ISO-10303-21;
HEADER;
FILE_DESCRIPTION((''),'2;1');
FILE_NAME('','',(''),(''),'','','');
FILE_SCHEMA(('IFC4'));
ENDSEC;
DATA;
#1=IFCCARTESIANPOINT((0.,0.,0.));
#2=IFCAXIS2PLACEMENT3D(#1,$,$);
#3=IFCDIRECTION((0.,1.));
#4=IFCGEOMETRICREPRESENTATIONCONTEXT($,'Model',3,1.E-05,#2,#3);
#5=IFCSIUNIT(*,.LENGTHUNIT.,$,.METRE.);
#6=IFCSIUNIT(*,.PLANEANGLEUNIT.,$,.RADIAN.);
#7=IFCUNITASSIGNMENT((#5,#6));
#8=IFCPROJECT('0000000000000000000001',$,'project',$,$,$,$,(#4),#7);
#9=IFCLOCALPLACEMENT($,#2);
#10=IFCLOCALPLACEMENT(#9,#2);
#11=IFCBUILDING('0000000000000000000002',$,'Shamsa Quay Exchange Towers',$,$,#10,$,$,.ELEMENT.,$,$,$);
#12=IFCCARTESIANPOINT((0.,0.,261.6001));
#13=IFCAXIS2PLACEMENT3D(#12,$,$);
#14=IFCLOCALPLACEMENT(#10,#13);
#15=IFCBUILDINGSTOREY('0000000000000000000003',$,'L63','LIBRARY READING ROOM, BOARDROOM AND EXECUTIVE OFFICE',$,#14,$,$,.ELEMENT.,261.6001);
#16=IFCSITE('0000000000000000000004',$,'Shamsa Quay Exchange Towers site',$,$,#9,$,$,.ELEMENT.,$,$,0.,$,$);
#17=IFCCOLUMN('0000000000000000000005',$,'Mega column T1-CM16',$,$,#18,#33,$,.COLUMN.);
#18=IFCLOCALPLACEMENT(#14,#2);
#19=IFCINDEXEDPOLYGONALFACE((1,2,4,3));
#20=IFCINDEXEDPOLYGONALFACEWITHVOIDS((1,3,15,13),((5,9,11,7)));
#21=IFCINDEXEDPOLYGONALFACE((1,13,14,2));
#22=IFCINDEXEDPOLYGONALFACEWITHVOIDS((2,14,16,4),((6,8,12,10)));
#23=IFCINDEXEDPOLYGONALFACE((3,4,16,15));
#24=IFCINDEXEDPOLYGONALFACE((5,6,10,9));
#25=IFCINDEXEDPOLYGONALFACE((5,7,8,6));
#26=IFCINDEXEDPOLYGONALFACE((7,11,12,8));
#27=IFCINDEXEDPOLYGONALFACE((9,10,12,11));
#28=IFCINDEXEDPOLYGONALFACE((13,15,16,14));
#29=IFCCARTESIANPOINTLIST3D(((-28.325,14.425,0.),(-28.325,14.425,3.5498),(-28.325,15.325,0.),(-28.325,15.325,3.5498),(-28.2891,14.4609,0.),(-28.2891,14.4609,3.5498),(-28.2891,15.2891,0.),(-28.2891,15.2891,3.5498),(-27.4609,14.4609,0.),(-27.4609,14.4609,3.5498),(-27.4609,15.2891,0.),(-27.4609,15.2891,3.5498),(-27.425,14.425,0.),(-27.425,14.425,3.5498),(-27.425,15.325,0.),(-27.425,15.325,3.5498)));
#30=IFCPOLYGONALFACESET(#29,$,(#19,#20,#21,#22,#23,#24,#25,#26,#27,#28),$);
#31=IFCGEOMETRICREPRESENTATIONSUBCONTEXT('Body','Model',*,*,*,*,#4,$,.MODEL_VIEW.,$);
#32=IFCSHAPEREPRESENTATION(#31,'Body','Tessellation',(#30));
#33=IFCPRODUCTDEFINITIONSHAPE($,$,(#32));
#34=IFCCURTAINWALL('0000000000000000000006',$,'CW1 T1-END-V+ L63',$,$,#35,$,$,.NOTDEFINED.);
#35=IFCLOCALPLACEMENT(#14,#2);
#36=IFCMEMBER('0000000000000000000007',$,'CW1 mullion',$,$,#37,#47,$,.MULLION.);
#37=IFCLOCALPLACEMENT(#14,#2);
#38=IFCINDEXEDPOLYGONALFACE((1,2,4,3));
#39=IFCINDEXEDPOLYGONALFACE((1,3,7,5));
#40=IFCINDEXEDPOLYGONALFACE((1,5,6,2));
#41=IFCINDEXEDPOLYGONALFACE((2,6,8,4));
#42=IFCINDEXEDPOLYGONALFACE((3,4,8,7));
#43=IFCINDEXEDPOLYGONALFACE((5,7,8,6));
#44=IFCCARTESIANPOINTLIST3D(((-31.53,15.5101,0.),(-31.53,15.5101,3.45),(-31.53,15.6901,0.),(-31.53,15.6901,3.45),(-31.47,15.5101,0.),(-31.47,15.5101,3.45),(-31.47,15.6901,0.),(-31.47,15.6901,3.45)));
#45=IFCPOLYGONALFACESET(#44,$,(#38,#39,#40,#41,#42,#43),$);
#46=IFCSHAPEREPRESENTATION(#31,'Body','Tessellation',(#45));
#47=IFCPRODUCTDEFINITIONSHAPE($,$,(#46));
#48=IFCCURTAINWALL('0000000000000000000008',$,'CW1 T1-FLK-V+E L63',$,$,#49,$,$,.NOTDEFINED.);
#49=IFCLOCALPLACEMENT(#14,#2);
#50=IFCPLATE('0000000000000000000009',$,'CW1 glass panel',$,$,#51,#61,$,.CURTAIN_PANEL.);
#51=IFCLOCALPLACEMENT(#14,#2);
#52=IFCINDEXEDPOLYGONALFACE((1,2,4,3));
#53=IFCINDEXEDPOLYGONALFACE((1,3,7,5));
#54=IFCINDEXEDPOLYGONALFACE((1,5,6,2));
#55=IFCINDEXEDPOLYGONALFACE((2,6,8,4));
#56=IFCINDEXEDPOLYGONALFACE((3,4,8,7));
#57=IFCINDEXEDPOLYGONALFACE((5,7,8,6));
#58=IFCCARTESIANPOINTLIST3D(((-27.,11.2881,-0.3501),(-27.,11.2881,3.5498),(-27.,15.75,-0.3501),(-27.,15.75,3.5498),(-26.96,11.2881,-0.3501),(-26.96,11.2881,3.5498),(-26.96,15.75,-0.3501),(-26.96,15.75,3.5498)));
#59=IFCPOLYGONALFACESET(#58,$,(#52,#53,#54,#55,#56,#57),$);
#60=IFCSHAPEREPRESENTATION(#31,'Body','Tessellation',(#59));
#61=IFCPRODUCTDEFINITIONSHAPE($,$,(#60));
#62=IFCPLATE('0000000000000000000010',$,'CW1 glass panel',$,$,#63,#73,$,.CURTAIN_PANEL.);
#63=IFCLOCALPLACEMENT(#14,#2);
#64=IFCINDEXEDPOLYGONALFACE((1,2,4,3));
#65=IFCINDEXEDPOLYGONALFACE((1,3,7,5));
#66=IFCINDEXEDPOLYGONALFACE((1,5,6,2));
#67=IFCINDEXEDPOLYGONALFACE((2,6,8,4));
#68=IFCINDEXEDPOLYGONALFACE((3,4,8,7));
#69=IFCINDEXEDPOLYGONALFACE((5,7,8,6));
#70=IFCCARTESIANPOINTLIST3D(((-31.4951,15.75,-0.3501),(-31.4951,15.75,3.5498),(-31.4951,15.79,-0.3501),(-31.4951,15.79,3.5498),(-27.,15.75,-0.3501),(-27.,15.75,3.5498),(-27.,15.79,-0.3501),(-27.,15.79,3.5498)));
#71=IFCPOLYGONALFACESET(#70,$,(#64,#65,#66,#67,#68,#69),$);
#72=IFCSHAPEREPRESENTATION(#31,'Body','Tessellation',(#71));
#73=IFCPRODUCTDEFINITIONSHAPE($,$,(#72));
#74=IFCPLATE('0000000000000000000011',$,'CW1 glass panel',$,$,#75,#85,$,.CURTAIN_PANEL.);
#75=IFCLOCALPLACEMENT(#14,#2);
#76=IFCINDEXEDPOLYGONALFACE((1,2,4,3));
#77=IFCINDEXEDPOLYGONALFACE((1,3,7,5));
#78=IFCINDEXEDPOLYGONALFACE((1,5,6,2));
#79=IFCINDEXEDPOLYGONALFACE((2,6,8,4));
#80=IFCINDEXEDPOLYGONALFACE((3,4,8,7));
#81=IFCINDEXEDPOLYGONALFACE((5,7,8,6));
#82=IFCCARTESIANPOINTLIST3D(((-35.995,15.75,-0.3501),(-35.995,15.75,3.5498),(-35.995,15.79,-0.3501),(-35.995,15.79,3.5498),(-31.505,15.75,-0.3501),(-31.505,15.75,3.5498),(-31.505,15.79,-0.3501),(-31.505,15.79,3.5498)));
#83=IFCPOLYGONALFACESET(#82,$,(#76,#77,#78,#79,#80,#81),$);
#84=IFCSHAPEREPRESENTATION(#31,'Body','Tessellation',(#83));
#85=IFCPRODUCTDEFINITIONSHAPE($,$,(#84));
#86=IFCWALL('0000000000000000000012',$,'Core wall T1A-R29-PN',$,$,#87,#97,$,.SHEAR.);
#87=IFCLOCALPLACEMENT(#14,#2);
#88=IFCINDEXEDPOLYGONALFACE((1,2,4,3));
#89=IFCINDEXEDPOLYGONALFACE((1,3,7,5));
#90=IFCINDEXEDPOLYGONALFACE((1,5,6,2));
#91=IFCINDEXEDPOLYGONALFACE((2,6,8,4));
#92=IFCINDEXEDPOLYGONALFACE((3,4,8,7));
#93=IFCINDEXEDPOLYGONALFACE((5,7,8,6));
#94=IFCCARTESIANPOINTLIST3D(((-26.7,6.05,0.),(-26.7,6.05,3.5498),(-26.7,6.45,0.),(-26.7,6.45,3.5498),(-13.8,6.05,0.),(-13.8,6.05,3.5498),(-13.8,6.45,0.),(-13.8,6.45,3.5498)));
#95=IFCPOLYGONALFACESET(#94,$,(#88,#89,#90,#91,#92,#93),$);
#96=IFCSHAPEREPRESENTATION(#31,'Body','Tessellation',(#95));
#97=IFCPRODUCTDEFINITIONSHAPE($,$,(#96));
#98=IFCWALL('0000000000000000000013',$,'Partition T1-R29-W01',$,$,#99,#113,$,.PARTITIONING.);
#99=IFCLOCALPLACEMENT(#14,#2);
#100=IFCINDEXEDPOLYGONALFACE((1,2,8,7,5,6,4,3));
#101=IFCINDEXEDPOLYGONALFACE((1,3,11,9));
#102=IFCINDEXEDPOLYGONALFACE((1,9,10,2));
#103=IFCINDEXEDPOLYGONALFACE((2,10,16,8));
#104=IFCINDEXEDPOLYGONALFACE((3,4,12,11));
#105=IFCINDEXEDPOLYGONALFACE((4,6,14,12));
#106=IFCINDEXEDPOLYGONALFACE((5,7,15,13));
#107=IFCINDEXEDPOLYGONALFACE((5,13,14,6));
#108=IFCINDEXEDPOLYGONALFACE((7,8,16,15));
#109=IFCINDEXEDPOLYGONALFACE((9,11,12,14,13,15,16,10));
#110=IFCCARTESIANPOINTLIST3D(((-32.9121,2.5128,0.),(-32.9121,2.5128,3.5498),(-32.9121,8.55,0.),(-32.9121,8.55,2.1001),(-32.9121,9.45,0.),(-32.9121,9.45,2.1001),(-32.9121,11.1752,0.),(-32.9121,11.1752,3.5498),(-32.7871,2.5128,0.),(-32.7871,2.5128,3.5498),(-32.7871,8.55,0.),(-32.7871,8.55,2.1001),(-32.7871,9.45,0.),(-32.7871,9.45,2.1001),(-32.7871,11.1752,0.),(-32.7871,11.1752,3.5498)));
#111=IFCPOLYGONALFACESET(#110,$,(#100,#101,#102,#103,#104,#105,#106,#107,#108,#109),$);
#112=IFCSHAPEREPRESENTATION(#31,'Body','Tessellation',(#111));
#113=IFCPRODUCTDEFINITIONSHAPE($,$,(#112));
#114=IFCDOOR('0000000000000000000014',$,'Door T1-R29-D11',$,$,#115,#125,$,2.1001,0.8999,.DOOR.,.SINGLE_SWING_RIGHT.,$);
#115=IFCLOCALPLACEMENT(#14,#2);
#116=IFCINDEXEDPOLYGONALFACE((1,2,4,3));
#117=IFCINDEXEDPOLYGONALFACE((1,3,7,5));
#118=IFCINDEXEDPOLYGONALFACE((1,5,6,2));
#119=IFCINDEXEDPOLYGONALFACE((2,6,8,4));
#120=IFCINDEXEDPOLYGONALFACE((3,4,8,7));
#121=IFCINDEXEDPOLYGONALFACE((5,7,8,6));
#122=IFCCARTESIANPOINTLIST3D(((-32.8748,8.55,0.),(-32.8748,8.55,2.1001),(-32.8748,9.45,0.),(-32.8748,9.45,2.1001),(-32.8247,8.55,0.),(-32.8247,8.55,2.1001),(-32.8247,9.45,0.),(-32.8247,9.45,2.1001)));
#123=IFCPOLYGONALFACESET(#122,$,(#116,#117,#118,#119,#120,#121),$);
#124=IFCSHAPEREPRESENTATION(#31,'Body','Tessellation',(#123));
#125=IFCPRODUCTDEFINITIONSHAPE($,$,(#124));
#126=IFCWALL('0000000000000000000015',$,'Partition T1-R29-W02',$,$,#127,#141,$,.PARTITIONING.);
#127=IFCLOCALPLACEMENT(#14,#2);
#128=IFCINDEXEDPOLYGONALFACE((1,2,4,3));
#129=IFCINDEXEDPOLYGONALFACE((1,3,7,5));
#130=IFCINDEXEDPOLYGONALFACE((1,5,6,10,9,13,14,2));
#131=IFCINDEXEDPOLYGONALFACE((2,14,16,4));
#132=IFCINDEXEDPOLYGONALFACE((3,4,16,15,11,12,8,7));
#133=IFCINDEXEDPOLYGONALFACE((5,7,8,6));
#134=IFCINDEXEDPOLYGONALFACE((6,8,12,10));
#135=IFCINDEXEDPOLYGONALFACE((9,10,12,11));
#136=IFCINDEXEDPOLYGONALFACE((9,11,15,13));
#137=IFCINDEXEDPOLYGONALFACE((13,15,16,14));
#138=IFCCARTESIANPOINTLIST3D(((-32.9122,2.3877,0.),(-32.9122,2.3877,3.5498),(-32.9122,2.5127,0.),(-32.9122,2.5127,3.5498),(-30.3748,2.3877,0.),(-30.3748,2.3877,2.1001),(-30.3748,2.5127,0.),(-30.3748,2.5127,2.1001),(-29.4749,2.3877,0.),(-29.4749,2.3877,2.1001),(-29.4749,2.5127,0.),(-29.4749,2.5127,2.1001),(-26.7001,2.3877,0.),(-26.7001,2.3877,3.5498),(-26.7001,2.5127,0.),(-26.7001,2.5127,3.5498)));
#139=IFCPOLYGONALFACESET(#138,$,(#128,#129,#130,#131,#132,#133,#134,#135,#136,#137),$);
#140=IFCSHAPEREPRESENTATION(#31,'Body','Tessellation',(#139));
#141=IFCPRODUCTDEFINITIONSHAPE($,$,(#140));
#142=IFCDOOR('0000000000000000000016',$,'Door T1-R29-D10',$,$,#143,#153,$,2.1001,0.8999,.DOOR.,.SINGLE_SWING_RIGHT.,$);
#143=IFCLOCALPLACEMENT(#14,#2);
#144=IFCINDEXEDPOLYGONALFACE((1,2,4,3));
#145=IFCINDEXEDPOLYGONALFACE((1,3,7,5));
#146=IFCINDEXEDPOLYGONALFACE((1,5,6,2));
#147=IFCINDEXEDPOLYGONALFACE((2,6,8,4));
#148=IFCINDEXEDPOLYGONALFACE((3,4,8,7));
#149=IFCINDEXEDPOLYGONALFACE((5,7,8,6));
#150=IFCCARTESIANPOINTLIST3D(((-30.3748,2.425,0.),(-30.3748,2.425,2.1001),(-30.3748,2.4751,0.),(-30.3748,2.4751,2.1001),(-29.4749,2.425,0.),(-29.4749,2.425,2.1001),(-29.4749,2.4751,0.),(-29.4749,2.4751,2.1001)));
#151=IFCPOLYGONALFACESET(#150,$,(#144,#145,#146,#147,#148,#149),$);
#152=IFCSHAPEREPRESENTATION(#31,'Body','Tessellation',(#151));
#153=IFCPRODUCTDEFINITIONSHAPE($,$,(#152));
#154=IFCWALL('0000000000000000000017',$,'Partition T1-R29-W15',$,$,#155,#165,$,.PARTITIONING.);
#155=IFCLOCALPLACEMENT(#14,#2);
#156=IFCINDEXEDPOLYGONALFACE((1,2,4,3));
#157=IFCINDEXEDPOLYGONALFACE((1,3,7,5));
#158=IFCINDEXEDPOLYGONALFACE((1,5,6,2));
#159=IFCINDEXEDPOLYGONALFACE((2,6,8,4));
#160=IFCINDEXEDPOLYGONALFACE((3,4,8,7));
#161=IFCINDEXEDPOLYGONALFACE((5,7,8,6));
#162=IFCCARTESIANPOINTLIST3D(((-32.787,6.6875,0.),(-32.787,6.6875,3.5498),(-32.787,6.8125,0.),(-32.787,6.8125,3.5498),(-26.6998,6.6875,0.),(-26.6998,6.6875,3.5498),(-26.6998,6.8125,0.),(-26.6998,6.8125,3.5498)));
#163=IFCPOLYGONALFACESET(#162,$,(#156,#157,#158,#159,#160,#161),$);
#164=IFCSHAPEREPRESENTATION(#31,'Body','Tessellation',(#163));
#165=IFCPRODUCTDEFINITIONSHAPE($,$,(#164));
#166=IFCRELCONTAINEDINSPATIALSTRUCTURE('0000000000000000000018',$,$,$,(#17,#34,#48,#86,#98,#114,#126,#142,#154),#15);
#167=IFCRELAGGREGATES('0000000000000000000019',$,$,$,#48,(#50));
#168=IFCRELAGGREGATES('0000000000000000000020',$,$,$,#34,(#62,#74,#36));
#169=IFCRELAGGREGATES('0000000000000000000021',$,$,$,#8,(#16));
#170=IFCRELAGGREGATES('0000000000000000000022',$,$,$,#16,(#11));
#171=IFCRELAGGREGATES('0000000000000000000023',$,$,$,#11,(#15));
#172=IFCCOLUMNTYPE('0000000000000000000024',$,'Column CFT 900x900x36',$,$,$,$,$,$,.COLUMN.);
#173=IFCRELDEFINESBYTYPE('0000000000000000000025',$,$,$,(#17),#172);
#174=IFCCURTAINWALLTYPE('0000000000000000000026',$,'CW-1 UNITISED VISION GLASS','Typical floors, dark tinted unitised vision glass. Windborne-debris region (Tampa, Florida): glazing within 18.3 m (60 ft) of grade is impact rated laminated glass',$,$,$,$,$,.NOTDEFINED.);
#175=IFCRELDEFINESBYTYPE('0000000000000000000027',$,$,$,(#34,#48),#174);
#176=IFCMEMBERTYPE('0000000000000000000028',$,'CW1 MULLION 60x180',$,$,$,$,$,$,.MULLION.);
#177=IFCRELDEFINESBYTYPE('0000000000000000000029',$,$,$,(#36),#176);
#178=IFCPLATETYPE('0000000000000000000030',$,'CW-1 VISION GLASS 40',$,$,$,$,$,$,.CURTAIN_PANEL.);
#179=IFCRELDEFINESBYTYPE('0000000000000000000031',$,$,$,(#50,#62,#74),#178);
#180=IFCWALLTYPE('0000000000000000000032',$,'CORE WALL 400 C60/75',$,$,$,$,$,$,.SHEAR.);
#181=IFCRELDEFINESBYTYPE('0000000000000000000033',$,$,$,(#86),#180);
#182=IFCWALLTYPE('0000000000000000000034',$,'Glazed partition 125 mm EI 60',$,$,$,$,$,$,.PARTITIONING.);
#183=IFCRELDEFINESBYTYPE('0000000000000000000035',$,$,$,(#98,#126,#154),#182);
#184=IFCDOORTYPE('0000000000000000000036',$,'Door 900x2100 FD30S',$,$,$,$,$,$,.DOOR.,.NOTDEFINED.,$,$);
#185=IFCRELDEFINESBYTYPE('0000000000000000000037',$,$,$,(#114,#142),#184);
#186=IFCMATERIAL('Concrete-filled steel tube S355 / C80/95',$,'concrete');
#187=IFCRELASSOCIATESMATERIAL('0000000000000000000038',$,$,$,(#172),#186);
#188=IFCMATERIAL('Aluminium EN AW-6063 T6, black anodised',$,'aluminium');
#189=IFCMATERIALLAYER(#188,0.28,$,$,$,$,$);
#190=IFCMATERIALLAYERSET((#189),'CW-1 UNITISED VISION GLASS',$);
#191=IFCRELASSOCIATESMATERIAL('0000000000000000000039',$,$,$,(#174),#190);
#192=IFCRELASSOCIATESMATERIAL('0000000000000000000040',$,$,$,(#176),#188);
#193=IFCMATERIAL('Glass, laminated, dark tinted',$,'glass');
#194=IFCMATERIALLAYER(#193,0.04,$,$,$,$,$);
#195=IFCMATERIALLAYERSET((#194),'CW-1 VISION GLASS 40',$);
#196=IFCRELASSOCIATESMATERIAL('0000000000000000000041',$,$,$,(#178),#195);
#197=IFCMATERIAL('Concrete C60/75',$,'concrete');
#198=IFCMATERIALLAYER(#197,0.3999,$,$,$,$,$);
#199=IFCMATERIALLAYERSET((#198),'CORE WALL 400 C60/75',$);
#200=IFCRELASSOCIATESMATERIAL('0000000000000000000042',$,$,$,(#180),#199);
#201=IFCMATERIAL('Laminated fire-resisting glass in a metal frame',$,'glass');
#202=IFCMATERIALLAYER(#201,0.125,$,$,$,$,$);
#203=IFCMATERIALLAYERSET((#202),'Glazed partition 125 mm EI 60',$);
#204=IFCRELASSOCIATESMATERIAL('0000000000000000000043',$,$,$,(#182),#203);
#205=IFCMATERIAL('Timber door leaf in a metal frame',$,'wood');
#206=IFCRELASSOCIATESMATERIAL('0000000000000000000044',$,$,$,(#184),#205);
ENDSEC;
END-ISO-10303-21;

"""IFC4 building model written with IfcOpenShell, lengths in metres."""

from ifc_helpers import new_model, si_unit, direction, frame, frame_2d, origin, origin_2d, place, context, subcontext, project, spatial, rectangle, hollow_rectangle, extrude, material, layer, layer_set, material_profile, profile_set, type_object, element, fill, aggregate, save


model = new_model("IFC4")

# Units and contexts
model_context = context("Model", 3, precision=1e-05, world=origin(), true_north=direction((0.0, 1.0)))
body_context = subcontext(model_context, "Body", "Model", "MODEL_VIEW")
ifc_project = project(units=[si_unit("LENGTHUNIT", "METRE"), si_unit("PLANEANGLEUNIT", "RADIAN")], contexts=[model_context])

# Site, building, storey
site_placement = place(None, origin())
site = spatial("IfcSite", under=ifc_project, at=site_placement, Name="Shamsa Quay Exchange Towers site", CompositionType="ELEMENT", RefElevation=0.0)
building_placement = place(site_placement, origin())
building = spatial("IfcBuilding", under=site, at=building_placement, Name="Shamsa Quay Exchange Towers", CompositionType="ELEMENT")
storey_placement = place(building_placement, frame((0.0, 0.0, 261.6001)))
storey = spatial("IfcBuildingStorey", under=building, at=storey_placement, Name="L63", Description="LIBRARY READING ROOM, BOARDROOM AND EXECUTIVE OFFICE", CompositionType="ELEMENT", Elevation=261.6001)

# Column
ifc_material_1 = material(Name="Concrete-filled steel tube S355 / C80/95", Category="concrete")
ifc_material_profile_1 = material_profile(ifc_material_1, hollow_rectangle(XDim=0.8999, YDim=0.8999, WallThickness=0.0359, at=origin_2d()), Name="CFT 900x900x36")
ifc_profile_set_1 = profile_set([ifc_material_profile_1], Name="Concrete-filled steel tube S355 / C80/95")
column_type = type_object("IfcColumnType", Name="Column CFT 900x900x36", PredefinedType="COLUMN", material=ifc_profile_set_1)
column_placement = place(storey_placement, frame((-27.875, 14.875, 0.0)))
element("IfcColumn", 1, at=column_placement, inside=storey, type_object=column_type, Name="Mega column T1-CM16", PredefinedType="COLUMN", context=body_context, shape_type="SweptSolid", body=[
    extrude(hollow_rectangle(XDim=0.8999, YDim=0.8999, WallThickness=0.0359, at=origin_2d()), origin(), (0.0, 0.0, 1.0), 3.5498),
])

# Curtain wall, member
ifc_material_2 = material(Name="Aluminium EN AW-6063 T6, black anodised", Category="aluminium")
ifc_layer_1 = layer(ifc_material_2, 0.28)
ifc_layer_set_1 = layer_set([ifc_layer_1], Name="CW-1 UNITISED VISION GLASS")
curtain_wall_type = type_object("IfcCurtainWallType", Name="CW-1 UNITISED VISION GLASS", Description="Typical floors, dark tinted unitised vision glass. Windborne-debris region (Tampa, Florida): glazing within 18.3 m (60 ft) of grade is impact rated laminated glass", PredefinedType="NOTDEFINED", material=ifc_layer_set_1)
curtain_wall_1_placement = place(storey_placement, origin())
curtain_wall_1 = element("IfcCurtainWall", 2, at=curtain_wall_1_placement, inside=storey, type_object=curtain_wall_type, Name="CW1 T1-END-V+ L63", PredefinedType="NOTDEFINED")
ifc_material_profile_2 = material_profile(ifc_material_2, rectangle(XDim=0.1799, YDim=0.0601, at=origin_2d()), Name="MU60x180")
ifc_profile_set_2 = profile_set([ifc_material_profile_2], Name="Aluminium EN AW-6063 T6, black anodised")
member_type = type_object("IfcMemberType", Name="CW1 MULLION 60x180", PredefinedType="MULLION", material=ifc_profile_set_2)
member_placement = place(storey_placement, frame((-31.5, 15.6001, 0.0), z_axis=(0.0, 0.0, 1.0), x_axis=(0.0, -1.0, 0.0)))
member = element("IfcMember", 3, at=member_placement, type_object=member_type, Name="CW1 mullion", PredefinedType="MULLION", context=body_context, shape_type="SweptSolid", body=[
    extrude(rectangle(XDim=0.1799, YDim=0.0601, at=origin_2d()), origin(), (0.0, 0.0, 1.0), 3.45),
])

# Curtain wall, plate
curtain_wall_2_placement = place(storey_placement, origin())
curtain_wall_2 = element("IfcCurtainWall", 4, at=curtain_wall_2_placement, inside=storey, type_object=curtain_wall_type, Name="CW1 T1-FLK-V+E L63", PredefinedType="NOTDEFINED")
ifc_material_3 = material(Name="Glass, laminated, dark tinted", Category="glass")
ifc_layer_2 = layer(ifc_material_3, 0.04)
ifc_layer_set_2 = layer_set([ifc_layer_2], Name="CW-1 VISION GLASS 40")
plate_type = type_object("IfcPlateType", Name="CW-1 VISION GLASS 40", PredefinedType="CURTAIN_PANEL", material=ifc_layer_set_2)
plate_1_placement = place(storey_placement, frame((-26.98, 13.519, -0.3501), z_axis=(0.0, 0.0, 1.0), x_axis=(0.0, 1.0, 0.0)))
plate_1 = element("IfcPlate", 5, at=plate_1_placement, type_object=plate_type, Name="CW1 glass panel", PredefinedType="CURTAIN_PANEL", context=body_context, shape_type="SweptSolid", body=[
    extrude(rectangle(XDim=4.4619, YDim=0.04, at=origin_2d()), origin(), (0.0, 0.0, 1.0), 3.8999),
])
aggregate(curtain_wall_2, [plate_1])

# Plates
plate_2_placement = place(storey_placement, frame((-29.2476, 15.77, -0.3501), z_axis=(0.0, 0.0, 1.0), x_axis=(-1.0, 0.0, 0.0)))
plate_2 = element("IfcPlate", 6, at=plate_2_placement, type_object=plate_type, Name="CW1 glass panel", PredefinedType="CURTAIN_PANEL", context=body_context, shape_type="SweptSolid", body=[
    extrude(rectangle(XDim=4.4951, YDim=0.04, at=origin_2d()), origin(), (0.0, 0.0, 1.0), 3.8999),
])
plate_3_placement = place(storey_placement, frame((-33.75, 15.77, -0.3501), z_axis=(0.0, 0.0, 1.0), x_axis=(-1.0, 0.0, 0.0)))
plate_3 = element("IfcPlate", 7, at=plate_3_placement, type_object=plate_type, Name="CW1 glass panel", PredefinedType="CURTAIN_PANEL", context=body_context, shape_type="SweptSolid", body=[
    extrude(rectangle(XDim=4.49, YDim=0.04, at=origin_2d()), origin(), (0.0, 0.0, 1.0), 3.8999),
])
aggregate(curtain_wall_1, [plate_2, plate_3, member])

# Wall
ifc_material_4 = material(Name="Concrete C60/75", Category="concrete")
ifc_layer_3 = layer(ifc_material_4, 0.3999)
ifc_layer_set_3 = layer_set([ifc_layer_3], Name="CORE WALL 400 C60/75")
wall_type_1 = type_object("IfcWallType", Name="CORE WALL 400 C60/75", PredefinedType="SHEAR", material=ifc_layer_set_3)
wall_1_placement = place(storey_placement, frame((-26.7, 6.25, 0.0)))
element("IfcWall", 8, at=wall_1_placement, inside=storey, type_object=wall_type_1, Name="Core wall T1A-R29-PN", PredefinedType="SHEAR", context=body_context, shape_type="SweptSolid", body=[
    extrude(rectangle(XDim=12.8999, YDim=0.3999, at=frame_2d((6.45, 0.0))), origin(), (0.0, 0.0, 1.0), 3.5498),
])

# Walls, openings, doors
ifc_material_5 = material(Name="Laminated fire-resisting glass in a metal frame", Category="glass")
ifc_layer_4 = layer(ifc_material_5, 0.125)
ifc_layer_set_4 = layer_set([ifc_layer_4], Name="Glazed partition 125 mm EI 60")
wall_type_2 = type_object("IfcWallType", Name="Glazed partition 125 mm EI 60", PredefinedType="PARTITIONING", material=ifc_layer_set_4)
wall_2_placement = place(storey_placement, frame((-32.8496, 11.175, 0.0), z_axis=(0.0, 0.0, 1.0), x_axis=(0.0, -1.0, 0.0)))
wall_2 = element("IfcWall", 9, at=wall_2_placement, inside=storey, type_object=wall_type_2, Name="Partition T1-R29-W01", PredefinedType="PARTITIONING", context=body_context, shape_type="SweptSolid", body=[
    extrude(rectangle(XDim=8.6624, YDim=0.125, at=frame_2d((4.3311, 0.0))), origin(), (0.0, 0.0, 1.0), 3.5498),
])
opening_1_placement = place(wall_2_placement, frame((1.7251, 0.0, 0.0)))
opening_1 = element("IfcOpeningElement", 10, at=opening_1_placement, cuts=wall_2, PredefinedType="OPENING", context=body_context, shape_type="SweptSolid", body=[
    extrude(rectangle(XDim=0.8999, YDim=2.1001, at=frame_2d((0.45, 1.05))), frame((0.0, 0.0725, 0.0), z_axis=(0.0, -1.0, 0.0), x_axis=(1.0, 0.0, 0.0)), (0.0, 0.0, 1.0), 0.145),
])
ifc_material_6 = material(Name="Timber door leaf in a metal frame", Category="wood")
door_type_1 = type_object("IfcDoorType", Name="Door 900x2100 FD30S", OperationType="NOTDEFINED", PredefinedType="DOOR", material=ifc_material_6)
door_1_placement = place(opening_1_placement, origin())
door_1 = element("IfcDoor", 11, at=door_1_placement, inside=storey, type_object=door_type_1, Name="Door T1-R29-D11", OperationType="SINGLE_SWING_RIGHT", OverallHeight=2.1001, OverallWidth=0.8999, PredefinedType="DOOR", context=body_context, shape_type="SweptSolid", body=[
    extrude(rectangle(XDim=0.8999, YDim=2.1001, at=frame_2d((0.45, 1.05))), frame((0.0, 0.0249, 0.0), z_axis=(0.0, -1.0, 0.0), x_axis=(1.0, 0.0, 0.0)), (0.0, 0.0, 1.0), 0.05),
])
fill(opening_1, door_1)
wall_3_placement = place(storey_placement, frame((-32.9121, 2.4502, 0.0)))
wall_3 = element("IfcWall", 12, at=wall_3_placement, inside=storey, type_object=wall_type_2, Name="Partition T1-R29-W02", PredefinedType="PARTITIONING", context=body_context, shape_type="SweptSolid", body=[
    extrude(rectangle(XDim=6.2122, YDim=0.125, at=frame_2d((3.106, 0.0))), origin(), (0.0, 0.0, 1.0), 3.5498),
])
opening_2_placement = place(wall_3_placement, frame((2.5374, 0.0, 0.0)))
opening_2 = element("IfcOpeningElement", 13, at=opening_2_placement, cuts=wall_3, PredefinedType="OPENING", context=body_context, shape_type="SweptSolid", body=[
    extrude(rectangle(XDim=0.8999, YDim=2.1001, at=frame_2d((0.45, 1.05))), frame((0.0, 0.0725, 0.0), z_axis=(0.0, -1.0, 0.0), x_axis=(1.0, 0.0, 0.0)), (0.0, 0.0, 1.0), 0.145),
])
door_2_placement = place(opening_2_placement, origin())
door_2 = element("IfcDoor", 14, at=door_2_placement, inside=storey, type_object=door_type_1, Name="Door T1-R29-D10", OperationType="SINGLE_SWING_RIGHT", OverallHeight=2.1001, OverallWidth=0.8999, PredefinedType="DOOR", context=body_context, shape_type="SweptSolid", body=[
    extrude(rectangle(XDim=0.8999, YDim=2.1001, at=frame_2d((0.45, 1.05))), frame((0.0, 0.0249, 0.0), z_axis=(0.0, -1.0, 0.0), x_axis=(1.0, 0.0, 0.0)), (0.0, 0.0, 1.0), 0.05),
])
fill(opening_2, door_2)

# Wall
wall_4_placement = place(storey_placement, frame((-26.7, 6.75, 0.0), z_axis=(0.0, 0.0, 1.0), x_axis=(-1.0, 0.0, 0.0)))
element("IfcWall", 15, at=wall_4_placement, inside=storey, type_object=wall_type_2, Name="Partition T1-R29-W15", PredefinedType="PARTITIONING", context=body_context, shape_type="SweptSolid", body=[
    extrude(rectangle(XDim=6.0872, YDim=0.125, at=frame_2d((3.0435, 0.0))), origin(), (0.0, 0.0, 1.0), 3.5498),
])

save(model, "model.ifc")
